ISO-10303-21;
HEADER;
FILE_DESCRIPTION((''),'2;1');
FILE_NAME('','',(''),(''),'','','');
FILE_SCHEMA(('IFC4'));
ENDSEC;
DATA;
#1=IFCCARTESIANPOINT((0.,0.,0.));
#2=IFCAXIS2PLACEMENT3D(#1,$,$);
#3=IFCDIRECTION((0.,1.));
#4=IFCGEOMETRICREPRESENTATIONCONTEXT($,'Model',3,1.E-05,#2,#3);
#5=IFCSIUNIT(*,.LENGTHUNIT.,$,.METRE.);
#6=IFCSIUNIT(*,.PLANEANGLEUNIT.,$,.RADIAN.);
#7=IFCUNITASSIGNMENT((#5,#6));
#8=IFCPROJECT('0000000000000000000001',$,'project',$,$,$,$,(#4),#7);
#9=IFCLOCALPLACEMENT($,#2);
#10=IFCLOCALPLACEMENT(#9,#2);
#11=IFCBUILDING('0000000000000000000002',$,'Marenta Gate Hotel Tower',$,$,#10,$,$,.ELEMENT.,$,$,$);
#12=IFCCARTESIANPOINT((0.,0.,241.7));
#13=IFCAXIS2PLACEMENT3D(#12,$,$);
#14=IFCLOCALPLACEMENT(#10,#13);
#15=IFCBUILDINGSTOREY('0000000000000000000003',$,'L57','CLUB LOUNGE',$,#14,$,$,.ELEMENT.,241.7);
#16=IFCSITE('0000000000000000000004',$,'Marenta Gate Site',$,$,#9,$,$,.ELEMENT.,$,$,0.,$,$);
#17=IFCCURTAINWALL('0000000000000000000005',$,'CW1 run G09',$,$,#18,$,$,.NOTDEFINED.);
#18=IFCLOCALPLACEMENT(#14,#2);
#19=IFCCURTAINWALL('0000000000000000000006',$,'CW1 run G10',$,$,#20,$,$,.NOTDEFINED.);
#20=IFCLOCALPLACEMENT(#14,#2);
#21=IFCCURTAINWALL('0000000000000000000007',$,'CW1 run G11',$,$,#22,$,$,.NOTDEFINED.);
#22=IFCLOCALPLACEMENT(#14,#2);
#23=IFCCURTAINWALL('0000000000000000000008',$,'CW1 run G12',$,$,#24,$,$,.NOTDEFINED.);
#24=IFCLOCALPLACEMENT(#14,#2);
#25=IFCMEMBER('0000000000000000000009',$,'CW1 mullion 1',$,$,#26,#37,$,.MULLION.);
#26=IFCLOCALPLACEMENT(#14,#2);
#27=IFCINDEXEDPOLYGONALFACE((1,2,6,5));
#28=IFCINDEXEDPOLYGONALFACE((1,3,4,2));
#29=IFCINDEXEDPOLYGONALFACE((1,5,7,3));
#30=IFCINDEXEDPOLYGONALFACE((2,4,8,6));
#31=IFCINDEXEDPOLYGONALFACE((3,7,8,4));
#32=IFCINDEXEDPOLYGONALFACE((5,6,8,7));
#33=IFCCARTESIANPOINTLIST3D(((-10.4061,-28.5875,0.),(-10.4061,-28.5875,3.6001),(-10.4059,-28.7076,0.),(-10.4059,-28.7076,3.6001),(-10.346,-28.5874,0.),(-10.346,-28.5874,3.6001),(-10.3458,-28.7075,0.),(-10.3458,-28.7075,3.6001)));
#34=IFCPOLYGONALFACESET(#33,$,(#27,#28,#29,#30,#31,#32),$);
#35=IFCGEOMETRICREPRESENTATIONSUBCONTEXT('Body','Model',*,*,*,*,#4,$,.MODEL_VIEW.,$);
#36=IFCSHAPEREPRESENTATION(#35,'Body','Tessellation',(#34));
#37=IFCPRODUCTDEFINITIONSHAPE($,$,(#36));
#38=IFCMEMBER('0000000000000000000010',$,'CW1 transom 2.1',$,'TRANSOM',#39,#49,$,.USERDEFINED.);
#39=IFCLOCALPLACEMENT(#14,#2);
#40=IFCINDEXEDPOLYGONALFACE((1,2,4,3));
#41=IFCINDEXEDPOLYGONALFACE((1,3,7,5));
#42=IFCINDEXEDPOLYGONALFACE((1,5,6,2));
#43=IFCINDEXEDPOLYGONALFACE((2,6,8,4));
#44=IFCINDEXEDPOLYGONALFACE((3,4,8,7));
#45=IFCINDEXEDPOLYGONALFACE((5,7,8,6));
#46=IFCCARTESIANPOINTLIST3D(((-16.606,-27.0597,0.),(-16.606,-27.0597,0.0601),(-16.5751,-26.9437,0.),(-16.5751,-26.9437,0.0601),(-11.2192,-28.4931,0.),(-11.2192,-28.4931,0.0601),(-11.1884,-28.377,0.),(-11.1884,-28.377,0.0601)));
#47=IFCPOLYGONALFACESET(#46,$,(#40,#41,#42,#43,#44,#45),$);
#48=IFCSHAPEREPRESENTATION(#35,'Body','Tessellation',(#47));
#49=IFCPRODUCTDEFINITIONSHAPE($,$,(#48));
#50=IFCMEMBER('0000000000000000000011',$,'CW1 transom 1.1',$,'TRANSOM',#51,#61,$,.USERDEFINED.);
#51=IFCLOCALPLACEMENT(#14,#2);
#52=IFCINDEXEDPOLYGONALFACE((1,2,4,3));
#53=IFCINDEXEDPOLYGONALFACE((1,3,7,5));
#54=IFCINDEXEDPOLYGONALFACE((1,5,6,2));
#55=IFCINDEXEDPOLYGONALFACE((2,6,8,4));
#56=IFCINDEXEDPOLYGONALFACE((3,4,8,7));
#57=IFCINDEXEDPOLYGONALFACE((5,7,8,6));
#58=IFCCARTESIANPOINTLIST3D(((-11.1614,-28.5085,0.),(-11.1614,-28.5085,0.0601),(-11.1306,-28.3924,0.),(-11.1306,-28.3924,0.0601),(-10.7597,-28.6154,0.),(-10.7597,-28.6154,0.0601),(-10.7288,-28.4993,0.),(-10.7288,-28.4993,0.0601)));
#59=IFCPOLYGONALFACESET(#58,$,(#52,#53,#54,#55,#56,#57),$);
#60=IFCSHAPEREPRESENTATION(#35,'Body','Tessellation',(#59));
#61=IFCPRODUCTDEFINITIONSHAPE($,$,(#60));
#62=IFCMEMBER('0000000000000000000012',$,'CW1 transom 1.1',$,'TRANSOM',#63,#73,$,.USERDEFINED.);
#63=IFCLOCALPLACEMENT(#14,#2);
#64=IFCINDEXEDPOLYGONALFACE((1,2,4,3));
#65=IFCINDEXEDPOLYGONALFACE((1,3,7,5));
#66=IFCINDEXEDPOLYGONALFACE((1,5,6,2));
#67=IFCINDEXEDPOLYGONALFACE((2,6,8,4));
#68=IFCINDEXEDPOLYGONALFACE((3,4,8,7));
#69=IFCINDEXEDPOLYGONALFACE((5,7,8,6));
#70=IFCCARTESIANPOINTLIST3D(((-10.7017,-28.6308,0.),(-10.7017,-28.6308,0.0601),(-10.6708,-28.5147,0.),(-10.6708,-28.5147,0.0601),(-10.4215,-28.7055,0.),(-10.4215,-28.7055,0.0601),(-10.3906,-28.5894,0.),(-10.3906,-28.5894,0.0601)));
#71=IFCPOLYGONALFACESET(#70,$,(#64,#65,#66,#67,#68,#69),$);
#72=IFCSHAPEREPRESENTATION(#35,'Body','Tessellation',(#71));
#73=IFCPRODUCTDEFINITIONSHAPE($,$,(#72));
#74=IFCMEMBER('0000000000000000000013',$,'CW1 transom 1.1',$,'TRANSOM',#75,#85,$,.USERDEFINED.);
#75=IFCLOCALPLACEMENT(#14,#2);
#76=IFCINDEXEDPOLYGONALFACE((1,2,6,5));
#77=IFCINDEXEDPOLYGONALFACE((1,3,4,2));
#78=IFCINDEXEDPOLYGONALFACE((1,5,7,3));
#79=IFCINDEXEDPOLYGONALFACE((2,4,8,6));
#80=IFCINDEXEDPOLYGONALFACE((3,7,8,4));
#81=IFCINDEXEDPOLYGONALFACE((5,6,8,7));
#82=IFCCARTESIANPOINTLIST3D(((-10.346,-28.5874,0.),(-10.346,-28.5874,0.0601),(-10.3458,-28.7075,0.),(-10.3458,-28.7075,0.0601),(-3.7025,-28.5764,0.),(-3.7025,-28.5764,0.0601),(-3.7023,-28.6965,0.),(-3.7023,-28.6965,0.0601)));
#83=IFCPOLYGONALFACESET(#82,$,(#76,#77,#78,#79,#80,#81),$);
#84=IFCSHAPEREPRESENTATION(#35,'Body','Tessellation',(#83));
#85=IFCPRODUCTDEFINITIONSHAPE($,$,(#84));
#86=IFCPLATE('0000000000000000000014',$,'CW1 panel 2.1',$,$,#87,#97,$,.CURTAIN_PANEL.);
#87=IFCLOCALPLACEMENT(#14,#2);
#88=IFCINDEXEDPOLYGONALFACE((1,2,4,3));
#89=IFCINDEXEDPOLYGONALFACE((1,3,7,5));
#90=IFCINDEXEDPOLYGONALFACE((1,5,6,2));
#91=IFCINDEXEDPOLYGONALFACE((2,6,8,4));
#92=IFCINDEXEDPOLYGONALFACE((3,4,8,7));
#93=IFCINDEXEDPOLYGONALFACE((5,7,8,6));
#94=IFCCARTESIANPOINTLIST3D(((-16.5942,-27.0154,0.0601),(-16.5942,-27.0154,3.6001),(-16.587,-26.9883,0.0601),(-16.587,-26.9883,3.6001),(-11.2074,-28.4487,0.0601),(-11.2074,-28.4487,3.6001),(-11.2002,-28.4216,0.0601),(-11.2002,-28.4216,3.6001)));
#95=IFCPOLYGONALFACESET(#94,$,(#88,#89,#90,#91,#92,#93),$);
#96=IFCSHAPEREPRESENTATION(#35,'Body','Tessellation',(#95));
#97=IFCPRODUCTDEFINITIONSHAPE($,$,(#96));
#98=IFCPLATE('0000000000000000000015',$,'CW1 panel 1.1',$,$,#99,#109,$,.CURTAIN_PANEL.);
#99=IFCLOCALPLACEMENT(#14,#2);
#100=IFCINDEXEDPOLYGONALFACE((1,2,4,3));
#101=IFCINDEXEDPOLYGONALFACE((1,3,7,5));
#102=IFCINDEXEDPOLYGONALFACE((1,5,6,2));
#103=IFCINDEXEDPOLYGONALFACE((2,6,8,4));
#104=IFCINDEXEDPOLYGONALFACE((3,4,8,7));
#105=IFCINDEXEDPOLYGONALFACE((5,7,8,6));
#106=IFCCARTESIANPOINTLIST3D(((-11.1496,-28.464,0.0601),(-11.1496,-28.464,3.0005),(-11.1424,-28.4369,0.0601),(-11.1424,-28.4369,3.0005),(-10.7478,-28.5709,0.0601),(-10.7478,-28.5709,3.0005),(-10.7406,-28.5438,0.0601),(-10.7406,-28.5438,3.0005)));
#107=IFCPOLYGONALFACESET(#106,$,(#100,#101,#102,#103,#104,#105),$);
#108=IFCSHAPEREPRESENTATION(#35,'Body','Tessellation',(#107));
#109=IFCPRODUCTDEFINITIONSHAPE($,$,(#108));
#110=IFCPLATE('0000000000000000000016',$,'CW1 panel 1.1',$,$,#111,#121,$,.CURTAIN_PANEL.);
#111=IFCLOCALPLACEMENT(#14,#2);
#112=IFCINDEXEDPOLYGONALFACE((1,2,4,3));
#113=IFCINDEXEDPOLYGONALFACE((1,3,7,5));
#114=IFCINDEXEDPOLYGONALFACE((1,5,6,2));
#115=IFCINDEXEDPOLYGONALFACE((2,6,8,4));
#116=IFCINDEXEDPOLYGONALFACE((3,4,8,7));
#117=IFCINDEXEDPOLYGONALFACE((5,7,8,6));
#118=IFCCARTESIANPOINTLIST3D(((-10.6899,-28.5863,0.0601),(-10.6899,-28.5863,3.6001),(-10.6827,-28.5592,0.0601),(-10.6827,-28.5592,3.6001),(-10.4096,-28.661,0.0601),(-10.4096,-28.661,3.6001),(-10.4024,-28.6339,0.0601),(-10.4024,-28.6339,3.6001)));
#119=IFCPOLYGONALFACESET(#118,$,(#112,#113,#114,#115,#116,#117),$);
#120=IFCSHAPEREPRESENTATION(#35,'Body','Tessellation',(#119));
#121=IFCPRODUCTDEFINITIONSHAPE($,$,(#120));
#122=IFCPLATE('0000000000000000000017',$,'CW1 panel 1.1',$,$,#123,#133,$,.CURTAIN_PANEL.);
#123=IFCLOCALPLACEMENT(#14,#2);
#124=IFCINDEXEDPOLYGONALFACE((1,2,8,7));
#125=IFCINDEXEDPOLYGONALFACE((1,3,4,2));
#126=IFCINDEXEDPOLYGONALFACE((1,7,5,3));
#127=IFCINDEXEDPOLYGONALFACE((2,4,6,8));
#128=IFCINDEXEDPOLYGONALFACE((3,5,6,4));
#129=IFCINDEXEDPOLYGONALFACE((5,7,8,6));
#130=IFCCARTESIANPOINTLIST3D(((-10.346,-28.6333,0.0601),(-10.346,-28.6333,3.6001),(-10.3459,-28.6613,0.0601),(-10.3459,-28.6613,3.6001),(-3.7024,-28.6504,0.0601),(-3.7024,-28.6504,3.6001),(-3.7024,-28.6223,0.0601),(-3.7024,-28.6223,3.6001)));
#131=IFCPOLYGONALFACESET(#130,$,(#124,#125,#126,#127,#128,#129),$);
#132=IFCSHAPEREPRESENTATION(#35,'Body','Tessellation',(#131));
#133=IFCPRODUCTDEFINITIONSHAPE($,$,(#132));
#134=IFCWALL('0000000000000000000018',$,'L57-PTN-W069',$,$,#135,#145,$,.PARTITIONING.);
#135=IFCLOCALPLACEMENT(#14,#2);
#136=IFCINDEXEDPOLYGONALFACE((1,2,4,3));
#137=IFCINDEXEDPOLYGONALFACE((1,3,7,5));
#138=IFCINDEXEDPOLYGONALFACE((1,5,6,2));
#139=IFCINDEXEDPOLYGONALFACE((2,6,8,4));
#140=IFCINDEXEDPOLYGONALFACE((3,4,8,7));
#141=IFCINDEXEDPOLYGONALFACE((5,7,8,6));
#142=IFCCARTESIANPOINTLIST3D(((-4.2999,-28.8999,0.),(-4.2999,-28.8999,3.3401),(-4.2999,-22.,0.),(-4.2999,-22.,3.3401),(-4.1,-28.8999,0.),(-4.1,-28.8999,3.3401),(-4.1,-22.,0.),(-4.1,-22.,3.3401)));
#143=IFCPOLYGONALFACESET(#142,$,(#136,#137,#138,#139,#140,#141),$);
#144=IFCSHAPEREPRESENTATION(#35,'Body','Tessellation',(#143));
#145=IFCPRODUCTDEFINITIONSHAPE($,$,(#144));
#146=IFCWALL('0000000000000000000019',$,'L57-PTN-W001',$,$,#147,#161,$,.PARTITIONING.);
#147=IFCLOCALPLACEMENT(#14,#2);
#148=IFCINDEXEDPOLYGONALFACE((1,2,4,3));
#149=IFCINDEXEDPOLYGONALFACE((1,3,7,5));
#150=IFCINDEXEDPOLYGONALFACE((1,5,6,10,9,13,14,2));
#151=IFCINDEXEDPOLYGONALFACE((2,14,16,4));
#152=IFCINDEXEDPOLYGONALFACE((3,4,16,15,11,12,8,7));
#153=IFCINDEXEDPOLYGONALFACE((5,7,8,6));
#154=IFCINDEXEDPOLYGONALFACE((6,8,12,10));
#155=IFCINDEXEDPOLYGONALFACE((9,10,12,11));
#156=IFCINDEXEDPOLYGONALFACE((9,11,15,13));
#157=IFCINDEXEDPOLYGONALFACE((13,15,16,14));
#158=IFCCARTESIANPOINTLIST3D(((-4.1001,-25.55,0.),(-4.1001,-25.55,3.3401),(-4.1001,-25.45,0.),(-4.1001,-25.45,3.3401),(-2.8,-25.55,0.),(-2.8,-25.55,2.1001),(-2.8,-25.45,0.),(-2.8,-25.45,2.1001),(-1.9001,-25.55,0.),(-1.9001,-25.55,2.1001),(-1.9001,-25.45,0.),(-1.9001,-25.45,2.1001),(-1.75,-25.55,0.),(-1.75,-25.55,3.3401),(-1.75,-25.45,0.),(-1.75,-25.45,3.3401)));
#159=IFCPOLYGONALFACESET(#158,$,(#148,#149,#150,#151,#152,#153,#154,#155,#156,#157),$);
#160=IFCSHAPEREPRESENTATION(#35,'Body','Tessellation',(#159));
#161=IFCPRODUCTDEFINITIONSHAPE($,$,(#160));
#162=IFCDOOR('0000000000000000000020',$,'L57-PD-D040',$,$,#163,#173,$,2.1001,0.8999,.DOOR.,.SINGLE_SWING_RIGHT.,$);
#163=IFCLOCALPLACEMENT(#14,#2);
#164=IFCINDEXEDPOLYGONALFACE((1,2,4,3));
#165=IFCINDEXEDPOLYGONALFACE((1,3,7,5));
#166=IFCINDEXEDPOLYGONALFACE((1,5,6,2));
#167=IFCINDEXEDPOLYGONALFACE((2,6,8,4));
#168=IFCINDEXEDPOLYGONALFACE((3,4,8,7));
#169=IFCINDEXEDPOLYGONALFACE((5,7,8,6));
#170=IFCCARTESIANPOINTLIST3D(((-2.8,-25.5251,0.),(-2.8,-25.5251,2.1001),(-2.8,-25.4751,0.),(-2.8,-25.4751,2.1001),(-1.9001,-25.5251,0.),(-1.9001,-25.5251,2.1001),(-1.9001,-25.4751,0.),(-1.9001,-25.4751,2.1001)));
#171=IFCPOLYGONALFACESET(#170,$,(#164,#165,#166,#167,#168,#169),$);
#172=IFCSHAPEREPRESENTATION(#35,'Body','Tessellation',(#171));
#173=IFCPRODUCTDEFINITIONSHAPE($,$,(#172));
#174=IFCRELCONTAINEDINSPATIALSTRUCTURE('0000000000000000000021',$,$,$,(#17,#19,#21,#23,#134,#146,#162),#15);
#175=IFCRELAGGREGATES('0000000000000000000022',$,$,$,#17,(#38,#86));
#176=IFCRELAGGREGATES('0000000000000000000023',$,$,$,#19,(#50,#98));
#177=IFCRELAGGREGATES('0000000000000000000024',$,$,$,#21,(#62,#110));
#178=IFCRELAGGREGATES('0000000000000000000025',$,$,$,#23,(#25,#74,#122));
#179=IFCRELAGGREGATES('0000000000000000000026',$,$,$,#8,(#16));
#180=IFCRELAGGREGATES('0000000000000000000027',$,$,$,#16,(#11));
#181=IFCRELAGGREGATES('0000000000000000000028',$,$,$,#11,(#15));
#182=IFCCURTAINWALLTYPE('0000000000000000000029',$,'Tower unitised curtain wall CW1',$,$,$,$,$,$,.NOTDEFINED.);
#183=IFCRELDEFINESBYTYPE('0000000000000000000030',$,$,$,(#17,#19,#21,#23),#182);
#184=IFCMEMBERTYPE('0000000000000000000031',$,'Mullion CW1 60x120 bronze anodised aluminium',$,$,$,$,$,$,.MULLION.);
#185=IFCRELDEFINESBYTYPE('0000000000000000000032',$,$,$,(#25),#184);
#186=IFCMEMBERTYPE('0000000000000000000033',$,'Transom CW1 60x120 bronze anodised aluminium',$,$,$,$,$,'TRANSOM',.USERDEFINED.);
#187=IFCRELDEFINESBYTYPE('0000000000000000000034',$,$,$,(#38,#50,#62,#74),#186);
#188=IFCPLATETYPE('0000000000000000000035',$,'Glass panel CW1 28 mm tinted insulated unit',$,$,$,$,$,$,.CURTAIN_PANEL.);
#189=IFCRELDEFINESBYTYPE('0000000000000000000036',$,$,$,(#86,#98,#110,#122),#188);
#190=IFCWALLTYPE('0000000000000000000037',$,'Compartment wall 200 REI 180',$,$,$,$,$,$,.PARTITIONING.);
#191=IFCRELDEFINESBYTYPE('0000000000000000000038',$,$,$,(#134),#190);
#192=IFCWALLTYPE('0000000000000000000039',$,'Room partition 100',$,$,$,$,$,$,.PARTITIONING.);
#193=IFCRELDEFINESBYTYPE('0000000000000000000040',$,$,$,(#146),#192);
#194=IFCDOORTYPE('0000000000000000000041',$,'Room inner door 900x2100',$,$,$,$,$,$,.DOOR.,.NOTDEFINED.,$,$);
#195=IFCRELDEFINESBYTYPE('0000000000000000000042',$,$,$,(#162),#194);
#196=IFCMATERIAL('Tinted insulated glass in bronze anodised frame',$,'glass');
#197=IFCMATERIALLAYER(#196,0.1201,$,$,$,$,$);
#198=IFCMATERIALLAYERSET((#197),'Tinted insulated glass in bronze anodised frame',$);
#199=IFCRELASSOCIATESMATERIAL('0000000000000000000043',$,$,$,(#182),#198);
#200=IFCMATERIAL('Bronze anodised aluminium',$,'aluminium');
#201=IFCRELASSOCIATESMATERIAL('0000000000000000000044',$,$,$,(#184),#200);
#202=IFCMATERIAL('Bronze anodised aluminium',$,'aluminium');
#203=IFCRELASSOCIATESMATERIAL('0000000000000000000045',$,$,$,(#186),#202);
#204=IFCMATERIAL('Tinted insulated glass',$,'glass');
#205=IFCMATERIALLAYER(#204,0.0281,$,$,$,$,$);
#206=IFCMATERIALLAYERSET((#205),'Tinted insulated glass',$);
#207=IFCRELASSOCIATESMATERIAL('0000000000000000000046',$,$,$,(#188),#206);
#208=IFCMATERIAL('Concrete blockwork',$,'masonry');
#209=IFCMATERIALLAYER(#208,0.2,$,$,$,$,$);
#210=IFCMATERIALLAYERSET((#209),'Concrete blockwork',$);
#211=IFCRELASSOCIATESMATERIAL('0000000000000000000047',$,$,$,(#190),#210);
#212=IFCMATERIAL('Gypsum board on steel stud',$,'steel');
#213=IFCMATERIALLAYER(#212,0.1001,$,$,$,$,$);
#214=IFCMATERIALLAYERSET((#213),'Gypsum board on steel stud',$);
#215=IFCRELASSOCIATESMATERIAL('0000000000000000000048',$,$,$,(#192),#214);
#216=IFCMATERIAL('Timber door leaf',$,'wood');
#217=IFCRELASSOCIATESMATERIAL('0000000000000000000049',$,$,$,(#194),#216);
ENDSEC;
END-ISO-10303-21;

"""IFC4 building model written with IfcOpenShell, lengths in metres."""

from ifc_helpers import new_model, si_unit, direction, frame, frame_2d, origin, origin_2d, place, context, subcontext, project, spatial, rectangle, extrude, material, layer, layer_set, material_profile, profile_set, type_object, element, fill, aggregate, save


model = new_model("IFC4")

# Units and contexts
model_context = context("Model", 3, precision=1e-05, world=origin(), true_north=direction((0.0, 1.0)))
body_context = subcontext(model_context, "Body", "Model", "MODEL_VIEW")
ifc_project = project(units=[si_unit("LENGTHUNIT", "METRE"), si_unit("PLANEANGLEUNIT", "RADIAN")], contexts=[model_context])

# Site, building, storey
site_placement = place(None, origin())
site = spatial("IfcSite", under=ifc_project, at=site_placement, Name="Marenta Gate Site", CompositionType="ELEMENT", RefElevation=0.0)
building_placement = place(site_placement, origin())
building = spatial("IfcBuilding", under=site, at=building_placement, Name="Marenta Gate Hotel Tower", CompositionType="ELEMENT")
storey_placement = place(building_placement, frame((0.0, 0.0, 241.7)))
storey = spatial("IfcBuildingStorey", under=building, at=storey_placement, Name="L57", Description="CLUB LOUNGE", CompositionType="ELEMENT", Elevation=241.7)

# Curtain walls, member
ifc_material_1 = material(Name="Tinted insulated glass in bronze anodised frame", Category="glass")
ifc_layer_1 = layer(ifc_material_1, 0.1201)
ifc_layer_set_1 = layer_set([ifc_layer_1], Name="Tinted insulated glass in bronze anodised frame")
curtain_wall_type = type_object("IfcCurtainWallType", Name="Tower unitised curtain wall CW1", PredefinedType="NOTDEFINED", material=ifc_layer_set_1)
curtain_wall_1_placement = place(storey_placement, origin())
curtain_wall_1 = element("IfcCurtainWall", 1, at=curtain_wall_1_placement, inside=storey, type_object=curtain_wall_type, Name="CW1 run G09", PredefinedType="NOTDEFINED")
ifc_material_2 = material(Name="Bronze anodised aluminium", Category="aluminium")
ifc_material_profile_1 = material_profile(ifc_material_2, rectangle(XDim=0.1201, YDim=0.0601, at=origin_2d()), Name="Mullion CW1 60x120 bronze anodised aluminium")
ifc_profile_set_1 = profile_set([ifc_material_profile_1], Name="Bronze anodised aluminium")
member_type_1 = type_object("IfcMemberType", Name="Mullion CW1 60x120 bronze anodised aluminium", PredefinedType="MULLION", material=ifc_profile_set_1)
curtain_wall_2_placement = place(storey_placement, origin())
curtain_wall_2 = element("IfcCurtainWall", 2, at=curtain_wall_2_placement, inside=storey, type_object=curtain_wall_type, Name="CW1 run G10", PredefinedType="NOTDEFINED")
curtain_wall_3_placement = place(storey_placement, origin())
curtain_wall_3 = element("IfcCurtainWall", 3, at=curtain_wall_3_placement, inside=storey, type_object=curtain_wall_type, Name="CW1 run G11", PredefinedType="NOTDEFINED")
curtain_wall_4_placement = place(storey_placement, origin())
curtain_wall_4 = element("IfcCurtainWall", 4, at=curtain_wall_4_placement, inside=storey, type_object=curtain_wall_type, Name="CW1 run G12", PredefinedType="NOTDEFINED")
member_1_placement = place(storey_placement, frame((-10.376, -28.6475, 0.0), z_axis=(0.0, 0.0, 1.0), x_axis=(-0.001643, 0.999999, 0.0)))
member_1 = element("IfcMember", 5, at=member_1_placement, type_object=member_type_1, Name="CW1 mullion 1", PredefinedType="MULLION", context=body_context, shape_type="SweptSolid", body=[
    extrude(rectangle(XDim=0.1201, YDim=0.0601, at=origin_2d()), origin(), (0.0, 0.0, 1.0), 3.6001),
])

# Members
ifc_material_3 = material(Name="Bronze anodised aluminium", Category="aluminium")
ifc_material_profile_2 = material_profile(ifc_material_3, rectangle(XDim=0.1201, YDim=0.0601, at=origin_2d()), Name="Transom CW1 60x120 bronze anodised aluminium")
ifc_profile_set_2 = profile_set([ifc_material_profile_2], Name="Bronze anodised aluminium")
member_type_2 = type_object("IfcMemberType", Name="Transom CW1 60x120 bronze anodised aluminium", ElementType="TRANSOM", PredefinedType="USERDEFINED", material=ifc_profile_set_2)
member_2_placement = place(storey_placement, frame((-16.5906, -27.0017, 0.03), z_axis=(0.966374, -0.257142, 0.0), x_axis=(0.257142, 0.966374, 0.0)))
member_2 = element("IfcMember", 6, at=member_2_placement, type_object=member_type_2, Name="CW1 transom 2.1", ObjectType="TRANSOM", PredefinedType="USERDEFINED", context=body_context, shape_type="SweptSolid", body=[
    extrude(rectangle(XDim=0.1201, YDim=0.0601, at=origin_2d()), origin(), (0.0, 0.0, 1.0), 5.5742),
])
member_3_placement = place(storey_placement, frame((-11.146, -28.4504, 0.03), z_axis=(0.966371, -0.257151, 0.0), x_axis=(0.257151, 0.966371, 0.0)))
member_3 = element("IfcMember", 7, at=member_3_placement, type_object=member_type_2, Name="CW1 transom 1.1", ObjectType="TRANSOM", PredefinedType="USERDEFINED", context=body_context, shape_type="SweptSolid", body=[
    extrude(rectangle(XDim=0.1201, YDim=0.0601, at=origin_2d()), origin(), (0.0, 0.0, 1.0), 0.4158),
])
member_4_placement = place(storey_placement, frame((-10.6863, -28.5728, 0.03), z_axis=(0.966263, -0.257558, 0.0), x_axis=(0.257558, 0.966263, 0.0)))
member_4 = element("IfcMember", 8, at=member_4_placement, type_object=member_type_2, Name="CW1 transom 1.1", ObjectType="TRANSOM", PredefinedType="USERDEFINED", context=body_context, shape_type="SweptSolid", body=[
    extrude(rectangle(XDim=0.1201, YDim=0.0601, at=origin_2d()), origin(), (0.0, 0.0, 1.0), 0.29),
])
member_5_placement = place(storey_placement, frame((-10.3459, -28.6475, 0.03), z_axis=(0.999999, 0.001654, 0.0), x_axis=(-0.001654, 0.999999, 0.0)))
member_5 = element("IfcMember", 9, at=member_5_placement, type_object=member_type_2, Name="CW1 transom 1.1", ObjectType="TRANSOM", PredefinedType="USERDEFINED", context=body_context, shape_type="SweptSolid", body=[
    extrude(rectangle(XDim=0.1201, YDim=0.0601, at=origin_2d()), origin(), (0.0, 0.0, 1.0), 6.6436),
])

# Plates
ifc_material_4 = material(Name="Tinted insulated glass", Category="glass")
ifc_layer_2 = layer(ifc_material_4, 0.0281)
ifc_layer_set_2 = layer_set([ifc_layer_2], Name="Tinted insulated glass")
plate_type = type_object("IfcPlateType", Name="Glass panel CW1 28 mm tinted insulated unit", PredefinedType="CURTAIN_PANEL", material=ifc_layer_set_2)
plate_1_placement = place(storey_placement, frame((-13.8972, -27.7185, 0.0601), z_axis=(0.0, 0.0, 1.0), x_axis=(0.966376, -0.257132, 0.0)))
plate_1 = element("IfcPlate", 10, at=plate_1_placement, type_object=plate_type, Name="CW1 panel 2.1", PredefinedType="CURTAIN_PANEL", context=body_context, shape_type="SweptSolid", body=[
    extrude(rectangle(XDim=5.5742, YDim=0.0281, at=origin_2d()), origin(), (0.0, 0.0, 1.0), 3.54),
])
aggregate(curtain_wall_1, [member_2, plate_1])
plate_2_placement = place(storey_placement, frame((-10.9451, -28.5039, 0.0601), z_axis=(0.0, 0.0, 1.0), x_axis=(0.966385, -0.2571, 0.0)))
plate_2 = element("IfcPlate", 11, at=plate_2_placement, type_object=plate_type, Name="CW1 panel 1.1", PredefinedType="CURTAIN_PANEL", context=body_context, shape_type="SweptSolid", body=[
    extrude(rectangle(XDim=0.4158, YDim=0.0281, at=origin_2d()), origin(), (0.0, 0.0, 1.0), 2.9404),
])
aggregate(curtain_wall_2, [member_3, plate_2])
plate_3_placement = place(storey_placement, frame((-10.5461, -28.6101, 0.0601), z_axis=(0.0, 0.0, 1.0), x_axis=(0.966297, -0.257431, 0.0)))
plate_3 = element("IfcPlate", 12, at=plate_3_placement, type_object=plate_type, Name="CW1 panel 1.1", PredefinedType="CURTAIN_PANEL", context=body_context, shape_type="SweptSolid", body=[
    extrude(rectangle(XDim=0.29, YDim=0.0281, at=origin_2d()), origin(), (0.0, 0.0, 1.0), 3.54),
])
aggregate(curtain_wall_3, [member_4, plate_3])
plate_4_placement = place(storey_placement, frame((-7.0242, -28.6418, 0.0601), z_axis=(0.0, 0.0, 1.0), x_axis=(0.999999, 0.001643, 0.0)))
plate_4 = element("IfcPlate", 13, at=plate_4_placement, type_object=plate_type, Name="CW1 panel 1.1", PredefinedType="CURTAIN_PANEL", context=body_context, shape_type="SweptSolid", body=[
    extrude(rectangle(XDim=6.6436, YDim=0.0281, at=origin_2d()), origin(), (0.0, 0.0, 1.0), 3.54),
])
aggregate(curtain_wall_4, [member_1, member_5, plate_4])

# Wall
ifc_material_5 = material(Name="Concrete blockwork", Category="masonry")
ifc_layer_3 = layer(ifc_material_5, 0.2)
ifc_layer_set_3 = layer_set([ifc_layer_3], Name="Concrete blockwork")
wall_type_1 = type_object("IfcWallType", Name="Compartment wall 200 REI 180", PredefinedType="PARTITIONING", material=ifc_layer_set_3)
wall_1_placement = place(storey_placement, frame((-4.2, -28.8999, 0.0), z_axis=(0.0, 0.0, 1.0), x_axis=(0.0, 1.0, 0.0)))
element("IfcWall", 14, at=wall_1_placement, inside=storey, type_object=wall_type_1, Name="L57-PTN-W069", PredefinedType="PARTITIONING", context=body_context, shape_type="SweptSolid", body=[
    extrude(rectangle(XDim=6.8999, YDim=0.2, at=frame_2d((3.45, 0.0))), origin(), (0.0, 0.0, 1.0), 3.3401),
])

# Wall, opening, door
ifc_material_6 = material(Name="Gypsum board on steel stud", Category="steel")
ifc_layer_4 = layer(ifc_material_6, 0.1001)
ifc_layer_set_4 = layer_set([ifc_layer_4], Name="Gypsum board on steel stud")
wall_type_2 = type_object("IfcWallType", Name="Room partition 100", PredefinedType="PARTITIONING", material=ifc_layer_set_4)
wall_2_placement = place(storey_placement, frame((-4.1001, -25.5, 0.0), z_axis=(0.0, 0.0, 1.0), x_axis=(1.0, 0.0, 0.0)))
wall_2 = element("IfcWall", 15, at=wall_2_placement, inside=storey, type_object=wall_type_2, Name="L57-PTN-W001", PredefinedType="PARTITIONING", context=body_context, shape_type="SweptSolid", body=[
    extrude(rectangle(XDim=2.3501, YDim=0.1001, at=frame_2d((1.175, 0.0))), origin(), (0.0, 0.0, 1.0), 3.3401),
])
opening_1_placement = place(wall_2_placement, frame((1.3, 0.0, 0.0)))
opening_1 = element("IfcOpeningElement", 16, at=opening_1_placement, cuts=wall_2, PredefinedType="OPENING", context=body_context, shape_type="SweptSolid", body=[
    extrude(rectangle(XDim=0.8999, YDim=2.1001, at=frame_2d((0.45, 1.05))), frame((0.0, 0.05, 0.0), z_axis=(0.0, -1.0, 0.0), x_axis=(1.0, 0.0, 0.0)), (0.0, 0.0, 1.0), 0.1001),
])
ifc_material_7 = material(Name="Timber door leaf", Category="wood")
door_type_1 = type_object("IfcDoorType", Name="Room inner door 900x2100", OperationType="NOTDEFINED", PredefinedType="DOOR", material=ifc_material_7)
door_1_placement = place(opening_1_placement, origin())
door_1 = element("IfcDoor", 17, at=door_1_placement, inside=storey, type_object=door_type_1, Name="L57-PD-D040", OperationType="SINGLE_SWING_RIGHT", OverallHeight=2.1001, OverallWidth=0.8999, PredefinedType="DOOR", context=body_context, shape_type="SweptSolid", body=[
    extrude(rectangle(XDim=0.8999, YDim=2.1001, at=frame_2d((0.45, 1.05))), frame((0.0, 0.0249, 0.0), z_axis=(0.0, -1.0, 0.0), x_axis=(1.0, 0.0, 0.0)), (0.0, 0.0, 1.0), 0.05),
])
fill(opening_1, door_1)

save(model, "model.ifc")
